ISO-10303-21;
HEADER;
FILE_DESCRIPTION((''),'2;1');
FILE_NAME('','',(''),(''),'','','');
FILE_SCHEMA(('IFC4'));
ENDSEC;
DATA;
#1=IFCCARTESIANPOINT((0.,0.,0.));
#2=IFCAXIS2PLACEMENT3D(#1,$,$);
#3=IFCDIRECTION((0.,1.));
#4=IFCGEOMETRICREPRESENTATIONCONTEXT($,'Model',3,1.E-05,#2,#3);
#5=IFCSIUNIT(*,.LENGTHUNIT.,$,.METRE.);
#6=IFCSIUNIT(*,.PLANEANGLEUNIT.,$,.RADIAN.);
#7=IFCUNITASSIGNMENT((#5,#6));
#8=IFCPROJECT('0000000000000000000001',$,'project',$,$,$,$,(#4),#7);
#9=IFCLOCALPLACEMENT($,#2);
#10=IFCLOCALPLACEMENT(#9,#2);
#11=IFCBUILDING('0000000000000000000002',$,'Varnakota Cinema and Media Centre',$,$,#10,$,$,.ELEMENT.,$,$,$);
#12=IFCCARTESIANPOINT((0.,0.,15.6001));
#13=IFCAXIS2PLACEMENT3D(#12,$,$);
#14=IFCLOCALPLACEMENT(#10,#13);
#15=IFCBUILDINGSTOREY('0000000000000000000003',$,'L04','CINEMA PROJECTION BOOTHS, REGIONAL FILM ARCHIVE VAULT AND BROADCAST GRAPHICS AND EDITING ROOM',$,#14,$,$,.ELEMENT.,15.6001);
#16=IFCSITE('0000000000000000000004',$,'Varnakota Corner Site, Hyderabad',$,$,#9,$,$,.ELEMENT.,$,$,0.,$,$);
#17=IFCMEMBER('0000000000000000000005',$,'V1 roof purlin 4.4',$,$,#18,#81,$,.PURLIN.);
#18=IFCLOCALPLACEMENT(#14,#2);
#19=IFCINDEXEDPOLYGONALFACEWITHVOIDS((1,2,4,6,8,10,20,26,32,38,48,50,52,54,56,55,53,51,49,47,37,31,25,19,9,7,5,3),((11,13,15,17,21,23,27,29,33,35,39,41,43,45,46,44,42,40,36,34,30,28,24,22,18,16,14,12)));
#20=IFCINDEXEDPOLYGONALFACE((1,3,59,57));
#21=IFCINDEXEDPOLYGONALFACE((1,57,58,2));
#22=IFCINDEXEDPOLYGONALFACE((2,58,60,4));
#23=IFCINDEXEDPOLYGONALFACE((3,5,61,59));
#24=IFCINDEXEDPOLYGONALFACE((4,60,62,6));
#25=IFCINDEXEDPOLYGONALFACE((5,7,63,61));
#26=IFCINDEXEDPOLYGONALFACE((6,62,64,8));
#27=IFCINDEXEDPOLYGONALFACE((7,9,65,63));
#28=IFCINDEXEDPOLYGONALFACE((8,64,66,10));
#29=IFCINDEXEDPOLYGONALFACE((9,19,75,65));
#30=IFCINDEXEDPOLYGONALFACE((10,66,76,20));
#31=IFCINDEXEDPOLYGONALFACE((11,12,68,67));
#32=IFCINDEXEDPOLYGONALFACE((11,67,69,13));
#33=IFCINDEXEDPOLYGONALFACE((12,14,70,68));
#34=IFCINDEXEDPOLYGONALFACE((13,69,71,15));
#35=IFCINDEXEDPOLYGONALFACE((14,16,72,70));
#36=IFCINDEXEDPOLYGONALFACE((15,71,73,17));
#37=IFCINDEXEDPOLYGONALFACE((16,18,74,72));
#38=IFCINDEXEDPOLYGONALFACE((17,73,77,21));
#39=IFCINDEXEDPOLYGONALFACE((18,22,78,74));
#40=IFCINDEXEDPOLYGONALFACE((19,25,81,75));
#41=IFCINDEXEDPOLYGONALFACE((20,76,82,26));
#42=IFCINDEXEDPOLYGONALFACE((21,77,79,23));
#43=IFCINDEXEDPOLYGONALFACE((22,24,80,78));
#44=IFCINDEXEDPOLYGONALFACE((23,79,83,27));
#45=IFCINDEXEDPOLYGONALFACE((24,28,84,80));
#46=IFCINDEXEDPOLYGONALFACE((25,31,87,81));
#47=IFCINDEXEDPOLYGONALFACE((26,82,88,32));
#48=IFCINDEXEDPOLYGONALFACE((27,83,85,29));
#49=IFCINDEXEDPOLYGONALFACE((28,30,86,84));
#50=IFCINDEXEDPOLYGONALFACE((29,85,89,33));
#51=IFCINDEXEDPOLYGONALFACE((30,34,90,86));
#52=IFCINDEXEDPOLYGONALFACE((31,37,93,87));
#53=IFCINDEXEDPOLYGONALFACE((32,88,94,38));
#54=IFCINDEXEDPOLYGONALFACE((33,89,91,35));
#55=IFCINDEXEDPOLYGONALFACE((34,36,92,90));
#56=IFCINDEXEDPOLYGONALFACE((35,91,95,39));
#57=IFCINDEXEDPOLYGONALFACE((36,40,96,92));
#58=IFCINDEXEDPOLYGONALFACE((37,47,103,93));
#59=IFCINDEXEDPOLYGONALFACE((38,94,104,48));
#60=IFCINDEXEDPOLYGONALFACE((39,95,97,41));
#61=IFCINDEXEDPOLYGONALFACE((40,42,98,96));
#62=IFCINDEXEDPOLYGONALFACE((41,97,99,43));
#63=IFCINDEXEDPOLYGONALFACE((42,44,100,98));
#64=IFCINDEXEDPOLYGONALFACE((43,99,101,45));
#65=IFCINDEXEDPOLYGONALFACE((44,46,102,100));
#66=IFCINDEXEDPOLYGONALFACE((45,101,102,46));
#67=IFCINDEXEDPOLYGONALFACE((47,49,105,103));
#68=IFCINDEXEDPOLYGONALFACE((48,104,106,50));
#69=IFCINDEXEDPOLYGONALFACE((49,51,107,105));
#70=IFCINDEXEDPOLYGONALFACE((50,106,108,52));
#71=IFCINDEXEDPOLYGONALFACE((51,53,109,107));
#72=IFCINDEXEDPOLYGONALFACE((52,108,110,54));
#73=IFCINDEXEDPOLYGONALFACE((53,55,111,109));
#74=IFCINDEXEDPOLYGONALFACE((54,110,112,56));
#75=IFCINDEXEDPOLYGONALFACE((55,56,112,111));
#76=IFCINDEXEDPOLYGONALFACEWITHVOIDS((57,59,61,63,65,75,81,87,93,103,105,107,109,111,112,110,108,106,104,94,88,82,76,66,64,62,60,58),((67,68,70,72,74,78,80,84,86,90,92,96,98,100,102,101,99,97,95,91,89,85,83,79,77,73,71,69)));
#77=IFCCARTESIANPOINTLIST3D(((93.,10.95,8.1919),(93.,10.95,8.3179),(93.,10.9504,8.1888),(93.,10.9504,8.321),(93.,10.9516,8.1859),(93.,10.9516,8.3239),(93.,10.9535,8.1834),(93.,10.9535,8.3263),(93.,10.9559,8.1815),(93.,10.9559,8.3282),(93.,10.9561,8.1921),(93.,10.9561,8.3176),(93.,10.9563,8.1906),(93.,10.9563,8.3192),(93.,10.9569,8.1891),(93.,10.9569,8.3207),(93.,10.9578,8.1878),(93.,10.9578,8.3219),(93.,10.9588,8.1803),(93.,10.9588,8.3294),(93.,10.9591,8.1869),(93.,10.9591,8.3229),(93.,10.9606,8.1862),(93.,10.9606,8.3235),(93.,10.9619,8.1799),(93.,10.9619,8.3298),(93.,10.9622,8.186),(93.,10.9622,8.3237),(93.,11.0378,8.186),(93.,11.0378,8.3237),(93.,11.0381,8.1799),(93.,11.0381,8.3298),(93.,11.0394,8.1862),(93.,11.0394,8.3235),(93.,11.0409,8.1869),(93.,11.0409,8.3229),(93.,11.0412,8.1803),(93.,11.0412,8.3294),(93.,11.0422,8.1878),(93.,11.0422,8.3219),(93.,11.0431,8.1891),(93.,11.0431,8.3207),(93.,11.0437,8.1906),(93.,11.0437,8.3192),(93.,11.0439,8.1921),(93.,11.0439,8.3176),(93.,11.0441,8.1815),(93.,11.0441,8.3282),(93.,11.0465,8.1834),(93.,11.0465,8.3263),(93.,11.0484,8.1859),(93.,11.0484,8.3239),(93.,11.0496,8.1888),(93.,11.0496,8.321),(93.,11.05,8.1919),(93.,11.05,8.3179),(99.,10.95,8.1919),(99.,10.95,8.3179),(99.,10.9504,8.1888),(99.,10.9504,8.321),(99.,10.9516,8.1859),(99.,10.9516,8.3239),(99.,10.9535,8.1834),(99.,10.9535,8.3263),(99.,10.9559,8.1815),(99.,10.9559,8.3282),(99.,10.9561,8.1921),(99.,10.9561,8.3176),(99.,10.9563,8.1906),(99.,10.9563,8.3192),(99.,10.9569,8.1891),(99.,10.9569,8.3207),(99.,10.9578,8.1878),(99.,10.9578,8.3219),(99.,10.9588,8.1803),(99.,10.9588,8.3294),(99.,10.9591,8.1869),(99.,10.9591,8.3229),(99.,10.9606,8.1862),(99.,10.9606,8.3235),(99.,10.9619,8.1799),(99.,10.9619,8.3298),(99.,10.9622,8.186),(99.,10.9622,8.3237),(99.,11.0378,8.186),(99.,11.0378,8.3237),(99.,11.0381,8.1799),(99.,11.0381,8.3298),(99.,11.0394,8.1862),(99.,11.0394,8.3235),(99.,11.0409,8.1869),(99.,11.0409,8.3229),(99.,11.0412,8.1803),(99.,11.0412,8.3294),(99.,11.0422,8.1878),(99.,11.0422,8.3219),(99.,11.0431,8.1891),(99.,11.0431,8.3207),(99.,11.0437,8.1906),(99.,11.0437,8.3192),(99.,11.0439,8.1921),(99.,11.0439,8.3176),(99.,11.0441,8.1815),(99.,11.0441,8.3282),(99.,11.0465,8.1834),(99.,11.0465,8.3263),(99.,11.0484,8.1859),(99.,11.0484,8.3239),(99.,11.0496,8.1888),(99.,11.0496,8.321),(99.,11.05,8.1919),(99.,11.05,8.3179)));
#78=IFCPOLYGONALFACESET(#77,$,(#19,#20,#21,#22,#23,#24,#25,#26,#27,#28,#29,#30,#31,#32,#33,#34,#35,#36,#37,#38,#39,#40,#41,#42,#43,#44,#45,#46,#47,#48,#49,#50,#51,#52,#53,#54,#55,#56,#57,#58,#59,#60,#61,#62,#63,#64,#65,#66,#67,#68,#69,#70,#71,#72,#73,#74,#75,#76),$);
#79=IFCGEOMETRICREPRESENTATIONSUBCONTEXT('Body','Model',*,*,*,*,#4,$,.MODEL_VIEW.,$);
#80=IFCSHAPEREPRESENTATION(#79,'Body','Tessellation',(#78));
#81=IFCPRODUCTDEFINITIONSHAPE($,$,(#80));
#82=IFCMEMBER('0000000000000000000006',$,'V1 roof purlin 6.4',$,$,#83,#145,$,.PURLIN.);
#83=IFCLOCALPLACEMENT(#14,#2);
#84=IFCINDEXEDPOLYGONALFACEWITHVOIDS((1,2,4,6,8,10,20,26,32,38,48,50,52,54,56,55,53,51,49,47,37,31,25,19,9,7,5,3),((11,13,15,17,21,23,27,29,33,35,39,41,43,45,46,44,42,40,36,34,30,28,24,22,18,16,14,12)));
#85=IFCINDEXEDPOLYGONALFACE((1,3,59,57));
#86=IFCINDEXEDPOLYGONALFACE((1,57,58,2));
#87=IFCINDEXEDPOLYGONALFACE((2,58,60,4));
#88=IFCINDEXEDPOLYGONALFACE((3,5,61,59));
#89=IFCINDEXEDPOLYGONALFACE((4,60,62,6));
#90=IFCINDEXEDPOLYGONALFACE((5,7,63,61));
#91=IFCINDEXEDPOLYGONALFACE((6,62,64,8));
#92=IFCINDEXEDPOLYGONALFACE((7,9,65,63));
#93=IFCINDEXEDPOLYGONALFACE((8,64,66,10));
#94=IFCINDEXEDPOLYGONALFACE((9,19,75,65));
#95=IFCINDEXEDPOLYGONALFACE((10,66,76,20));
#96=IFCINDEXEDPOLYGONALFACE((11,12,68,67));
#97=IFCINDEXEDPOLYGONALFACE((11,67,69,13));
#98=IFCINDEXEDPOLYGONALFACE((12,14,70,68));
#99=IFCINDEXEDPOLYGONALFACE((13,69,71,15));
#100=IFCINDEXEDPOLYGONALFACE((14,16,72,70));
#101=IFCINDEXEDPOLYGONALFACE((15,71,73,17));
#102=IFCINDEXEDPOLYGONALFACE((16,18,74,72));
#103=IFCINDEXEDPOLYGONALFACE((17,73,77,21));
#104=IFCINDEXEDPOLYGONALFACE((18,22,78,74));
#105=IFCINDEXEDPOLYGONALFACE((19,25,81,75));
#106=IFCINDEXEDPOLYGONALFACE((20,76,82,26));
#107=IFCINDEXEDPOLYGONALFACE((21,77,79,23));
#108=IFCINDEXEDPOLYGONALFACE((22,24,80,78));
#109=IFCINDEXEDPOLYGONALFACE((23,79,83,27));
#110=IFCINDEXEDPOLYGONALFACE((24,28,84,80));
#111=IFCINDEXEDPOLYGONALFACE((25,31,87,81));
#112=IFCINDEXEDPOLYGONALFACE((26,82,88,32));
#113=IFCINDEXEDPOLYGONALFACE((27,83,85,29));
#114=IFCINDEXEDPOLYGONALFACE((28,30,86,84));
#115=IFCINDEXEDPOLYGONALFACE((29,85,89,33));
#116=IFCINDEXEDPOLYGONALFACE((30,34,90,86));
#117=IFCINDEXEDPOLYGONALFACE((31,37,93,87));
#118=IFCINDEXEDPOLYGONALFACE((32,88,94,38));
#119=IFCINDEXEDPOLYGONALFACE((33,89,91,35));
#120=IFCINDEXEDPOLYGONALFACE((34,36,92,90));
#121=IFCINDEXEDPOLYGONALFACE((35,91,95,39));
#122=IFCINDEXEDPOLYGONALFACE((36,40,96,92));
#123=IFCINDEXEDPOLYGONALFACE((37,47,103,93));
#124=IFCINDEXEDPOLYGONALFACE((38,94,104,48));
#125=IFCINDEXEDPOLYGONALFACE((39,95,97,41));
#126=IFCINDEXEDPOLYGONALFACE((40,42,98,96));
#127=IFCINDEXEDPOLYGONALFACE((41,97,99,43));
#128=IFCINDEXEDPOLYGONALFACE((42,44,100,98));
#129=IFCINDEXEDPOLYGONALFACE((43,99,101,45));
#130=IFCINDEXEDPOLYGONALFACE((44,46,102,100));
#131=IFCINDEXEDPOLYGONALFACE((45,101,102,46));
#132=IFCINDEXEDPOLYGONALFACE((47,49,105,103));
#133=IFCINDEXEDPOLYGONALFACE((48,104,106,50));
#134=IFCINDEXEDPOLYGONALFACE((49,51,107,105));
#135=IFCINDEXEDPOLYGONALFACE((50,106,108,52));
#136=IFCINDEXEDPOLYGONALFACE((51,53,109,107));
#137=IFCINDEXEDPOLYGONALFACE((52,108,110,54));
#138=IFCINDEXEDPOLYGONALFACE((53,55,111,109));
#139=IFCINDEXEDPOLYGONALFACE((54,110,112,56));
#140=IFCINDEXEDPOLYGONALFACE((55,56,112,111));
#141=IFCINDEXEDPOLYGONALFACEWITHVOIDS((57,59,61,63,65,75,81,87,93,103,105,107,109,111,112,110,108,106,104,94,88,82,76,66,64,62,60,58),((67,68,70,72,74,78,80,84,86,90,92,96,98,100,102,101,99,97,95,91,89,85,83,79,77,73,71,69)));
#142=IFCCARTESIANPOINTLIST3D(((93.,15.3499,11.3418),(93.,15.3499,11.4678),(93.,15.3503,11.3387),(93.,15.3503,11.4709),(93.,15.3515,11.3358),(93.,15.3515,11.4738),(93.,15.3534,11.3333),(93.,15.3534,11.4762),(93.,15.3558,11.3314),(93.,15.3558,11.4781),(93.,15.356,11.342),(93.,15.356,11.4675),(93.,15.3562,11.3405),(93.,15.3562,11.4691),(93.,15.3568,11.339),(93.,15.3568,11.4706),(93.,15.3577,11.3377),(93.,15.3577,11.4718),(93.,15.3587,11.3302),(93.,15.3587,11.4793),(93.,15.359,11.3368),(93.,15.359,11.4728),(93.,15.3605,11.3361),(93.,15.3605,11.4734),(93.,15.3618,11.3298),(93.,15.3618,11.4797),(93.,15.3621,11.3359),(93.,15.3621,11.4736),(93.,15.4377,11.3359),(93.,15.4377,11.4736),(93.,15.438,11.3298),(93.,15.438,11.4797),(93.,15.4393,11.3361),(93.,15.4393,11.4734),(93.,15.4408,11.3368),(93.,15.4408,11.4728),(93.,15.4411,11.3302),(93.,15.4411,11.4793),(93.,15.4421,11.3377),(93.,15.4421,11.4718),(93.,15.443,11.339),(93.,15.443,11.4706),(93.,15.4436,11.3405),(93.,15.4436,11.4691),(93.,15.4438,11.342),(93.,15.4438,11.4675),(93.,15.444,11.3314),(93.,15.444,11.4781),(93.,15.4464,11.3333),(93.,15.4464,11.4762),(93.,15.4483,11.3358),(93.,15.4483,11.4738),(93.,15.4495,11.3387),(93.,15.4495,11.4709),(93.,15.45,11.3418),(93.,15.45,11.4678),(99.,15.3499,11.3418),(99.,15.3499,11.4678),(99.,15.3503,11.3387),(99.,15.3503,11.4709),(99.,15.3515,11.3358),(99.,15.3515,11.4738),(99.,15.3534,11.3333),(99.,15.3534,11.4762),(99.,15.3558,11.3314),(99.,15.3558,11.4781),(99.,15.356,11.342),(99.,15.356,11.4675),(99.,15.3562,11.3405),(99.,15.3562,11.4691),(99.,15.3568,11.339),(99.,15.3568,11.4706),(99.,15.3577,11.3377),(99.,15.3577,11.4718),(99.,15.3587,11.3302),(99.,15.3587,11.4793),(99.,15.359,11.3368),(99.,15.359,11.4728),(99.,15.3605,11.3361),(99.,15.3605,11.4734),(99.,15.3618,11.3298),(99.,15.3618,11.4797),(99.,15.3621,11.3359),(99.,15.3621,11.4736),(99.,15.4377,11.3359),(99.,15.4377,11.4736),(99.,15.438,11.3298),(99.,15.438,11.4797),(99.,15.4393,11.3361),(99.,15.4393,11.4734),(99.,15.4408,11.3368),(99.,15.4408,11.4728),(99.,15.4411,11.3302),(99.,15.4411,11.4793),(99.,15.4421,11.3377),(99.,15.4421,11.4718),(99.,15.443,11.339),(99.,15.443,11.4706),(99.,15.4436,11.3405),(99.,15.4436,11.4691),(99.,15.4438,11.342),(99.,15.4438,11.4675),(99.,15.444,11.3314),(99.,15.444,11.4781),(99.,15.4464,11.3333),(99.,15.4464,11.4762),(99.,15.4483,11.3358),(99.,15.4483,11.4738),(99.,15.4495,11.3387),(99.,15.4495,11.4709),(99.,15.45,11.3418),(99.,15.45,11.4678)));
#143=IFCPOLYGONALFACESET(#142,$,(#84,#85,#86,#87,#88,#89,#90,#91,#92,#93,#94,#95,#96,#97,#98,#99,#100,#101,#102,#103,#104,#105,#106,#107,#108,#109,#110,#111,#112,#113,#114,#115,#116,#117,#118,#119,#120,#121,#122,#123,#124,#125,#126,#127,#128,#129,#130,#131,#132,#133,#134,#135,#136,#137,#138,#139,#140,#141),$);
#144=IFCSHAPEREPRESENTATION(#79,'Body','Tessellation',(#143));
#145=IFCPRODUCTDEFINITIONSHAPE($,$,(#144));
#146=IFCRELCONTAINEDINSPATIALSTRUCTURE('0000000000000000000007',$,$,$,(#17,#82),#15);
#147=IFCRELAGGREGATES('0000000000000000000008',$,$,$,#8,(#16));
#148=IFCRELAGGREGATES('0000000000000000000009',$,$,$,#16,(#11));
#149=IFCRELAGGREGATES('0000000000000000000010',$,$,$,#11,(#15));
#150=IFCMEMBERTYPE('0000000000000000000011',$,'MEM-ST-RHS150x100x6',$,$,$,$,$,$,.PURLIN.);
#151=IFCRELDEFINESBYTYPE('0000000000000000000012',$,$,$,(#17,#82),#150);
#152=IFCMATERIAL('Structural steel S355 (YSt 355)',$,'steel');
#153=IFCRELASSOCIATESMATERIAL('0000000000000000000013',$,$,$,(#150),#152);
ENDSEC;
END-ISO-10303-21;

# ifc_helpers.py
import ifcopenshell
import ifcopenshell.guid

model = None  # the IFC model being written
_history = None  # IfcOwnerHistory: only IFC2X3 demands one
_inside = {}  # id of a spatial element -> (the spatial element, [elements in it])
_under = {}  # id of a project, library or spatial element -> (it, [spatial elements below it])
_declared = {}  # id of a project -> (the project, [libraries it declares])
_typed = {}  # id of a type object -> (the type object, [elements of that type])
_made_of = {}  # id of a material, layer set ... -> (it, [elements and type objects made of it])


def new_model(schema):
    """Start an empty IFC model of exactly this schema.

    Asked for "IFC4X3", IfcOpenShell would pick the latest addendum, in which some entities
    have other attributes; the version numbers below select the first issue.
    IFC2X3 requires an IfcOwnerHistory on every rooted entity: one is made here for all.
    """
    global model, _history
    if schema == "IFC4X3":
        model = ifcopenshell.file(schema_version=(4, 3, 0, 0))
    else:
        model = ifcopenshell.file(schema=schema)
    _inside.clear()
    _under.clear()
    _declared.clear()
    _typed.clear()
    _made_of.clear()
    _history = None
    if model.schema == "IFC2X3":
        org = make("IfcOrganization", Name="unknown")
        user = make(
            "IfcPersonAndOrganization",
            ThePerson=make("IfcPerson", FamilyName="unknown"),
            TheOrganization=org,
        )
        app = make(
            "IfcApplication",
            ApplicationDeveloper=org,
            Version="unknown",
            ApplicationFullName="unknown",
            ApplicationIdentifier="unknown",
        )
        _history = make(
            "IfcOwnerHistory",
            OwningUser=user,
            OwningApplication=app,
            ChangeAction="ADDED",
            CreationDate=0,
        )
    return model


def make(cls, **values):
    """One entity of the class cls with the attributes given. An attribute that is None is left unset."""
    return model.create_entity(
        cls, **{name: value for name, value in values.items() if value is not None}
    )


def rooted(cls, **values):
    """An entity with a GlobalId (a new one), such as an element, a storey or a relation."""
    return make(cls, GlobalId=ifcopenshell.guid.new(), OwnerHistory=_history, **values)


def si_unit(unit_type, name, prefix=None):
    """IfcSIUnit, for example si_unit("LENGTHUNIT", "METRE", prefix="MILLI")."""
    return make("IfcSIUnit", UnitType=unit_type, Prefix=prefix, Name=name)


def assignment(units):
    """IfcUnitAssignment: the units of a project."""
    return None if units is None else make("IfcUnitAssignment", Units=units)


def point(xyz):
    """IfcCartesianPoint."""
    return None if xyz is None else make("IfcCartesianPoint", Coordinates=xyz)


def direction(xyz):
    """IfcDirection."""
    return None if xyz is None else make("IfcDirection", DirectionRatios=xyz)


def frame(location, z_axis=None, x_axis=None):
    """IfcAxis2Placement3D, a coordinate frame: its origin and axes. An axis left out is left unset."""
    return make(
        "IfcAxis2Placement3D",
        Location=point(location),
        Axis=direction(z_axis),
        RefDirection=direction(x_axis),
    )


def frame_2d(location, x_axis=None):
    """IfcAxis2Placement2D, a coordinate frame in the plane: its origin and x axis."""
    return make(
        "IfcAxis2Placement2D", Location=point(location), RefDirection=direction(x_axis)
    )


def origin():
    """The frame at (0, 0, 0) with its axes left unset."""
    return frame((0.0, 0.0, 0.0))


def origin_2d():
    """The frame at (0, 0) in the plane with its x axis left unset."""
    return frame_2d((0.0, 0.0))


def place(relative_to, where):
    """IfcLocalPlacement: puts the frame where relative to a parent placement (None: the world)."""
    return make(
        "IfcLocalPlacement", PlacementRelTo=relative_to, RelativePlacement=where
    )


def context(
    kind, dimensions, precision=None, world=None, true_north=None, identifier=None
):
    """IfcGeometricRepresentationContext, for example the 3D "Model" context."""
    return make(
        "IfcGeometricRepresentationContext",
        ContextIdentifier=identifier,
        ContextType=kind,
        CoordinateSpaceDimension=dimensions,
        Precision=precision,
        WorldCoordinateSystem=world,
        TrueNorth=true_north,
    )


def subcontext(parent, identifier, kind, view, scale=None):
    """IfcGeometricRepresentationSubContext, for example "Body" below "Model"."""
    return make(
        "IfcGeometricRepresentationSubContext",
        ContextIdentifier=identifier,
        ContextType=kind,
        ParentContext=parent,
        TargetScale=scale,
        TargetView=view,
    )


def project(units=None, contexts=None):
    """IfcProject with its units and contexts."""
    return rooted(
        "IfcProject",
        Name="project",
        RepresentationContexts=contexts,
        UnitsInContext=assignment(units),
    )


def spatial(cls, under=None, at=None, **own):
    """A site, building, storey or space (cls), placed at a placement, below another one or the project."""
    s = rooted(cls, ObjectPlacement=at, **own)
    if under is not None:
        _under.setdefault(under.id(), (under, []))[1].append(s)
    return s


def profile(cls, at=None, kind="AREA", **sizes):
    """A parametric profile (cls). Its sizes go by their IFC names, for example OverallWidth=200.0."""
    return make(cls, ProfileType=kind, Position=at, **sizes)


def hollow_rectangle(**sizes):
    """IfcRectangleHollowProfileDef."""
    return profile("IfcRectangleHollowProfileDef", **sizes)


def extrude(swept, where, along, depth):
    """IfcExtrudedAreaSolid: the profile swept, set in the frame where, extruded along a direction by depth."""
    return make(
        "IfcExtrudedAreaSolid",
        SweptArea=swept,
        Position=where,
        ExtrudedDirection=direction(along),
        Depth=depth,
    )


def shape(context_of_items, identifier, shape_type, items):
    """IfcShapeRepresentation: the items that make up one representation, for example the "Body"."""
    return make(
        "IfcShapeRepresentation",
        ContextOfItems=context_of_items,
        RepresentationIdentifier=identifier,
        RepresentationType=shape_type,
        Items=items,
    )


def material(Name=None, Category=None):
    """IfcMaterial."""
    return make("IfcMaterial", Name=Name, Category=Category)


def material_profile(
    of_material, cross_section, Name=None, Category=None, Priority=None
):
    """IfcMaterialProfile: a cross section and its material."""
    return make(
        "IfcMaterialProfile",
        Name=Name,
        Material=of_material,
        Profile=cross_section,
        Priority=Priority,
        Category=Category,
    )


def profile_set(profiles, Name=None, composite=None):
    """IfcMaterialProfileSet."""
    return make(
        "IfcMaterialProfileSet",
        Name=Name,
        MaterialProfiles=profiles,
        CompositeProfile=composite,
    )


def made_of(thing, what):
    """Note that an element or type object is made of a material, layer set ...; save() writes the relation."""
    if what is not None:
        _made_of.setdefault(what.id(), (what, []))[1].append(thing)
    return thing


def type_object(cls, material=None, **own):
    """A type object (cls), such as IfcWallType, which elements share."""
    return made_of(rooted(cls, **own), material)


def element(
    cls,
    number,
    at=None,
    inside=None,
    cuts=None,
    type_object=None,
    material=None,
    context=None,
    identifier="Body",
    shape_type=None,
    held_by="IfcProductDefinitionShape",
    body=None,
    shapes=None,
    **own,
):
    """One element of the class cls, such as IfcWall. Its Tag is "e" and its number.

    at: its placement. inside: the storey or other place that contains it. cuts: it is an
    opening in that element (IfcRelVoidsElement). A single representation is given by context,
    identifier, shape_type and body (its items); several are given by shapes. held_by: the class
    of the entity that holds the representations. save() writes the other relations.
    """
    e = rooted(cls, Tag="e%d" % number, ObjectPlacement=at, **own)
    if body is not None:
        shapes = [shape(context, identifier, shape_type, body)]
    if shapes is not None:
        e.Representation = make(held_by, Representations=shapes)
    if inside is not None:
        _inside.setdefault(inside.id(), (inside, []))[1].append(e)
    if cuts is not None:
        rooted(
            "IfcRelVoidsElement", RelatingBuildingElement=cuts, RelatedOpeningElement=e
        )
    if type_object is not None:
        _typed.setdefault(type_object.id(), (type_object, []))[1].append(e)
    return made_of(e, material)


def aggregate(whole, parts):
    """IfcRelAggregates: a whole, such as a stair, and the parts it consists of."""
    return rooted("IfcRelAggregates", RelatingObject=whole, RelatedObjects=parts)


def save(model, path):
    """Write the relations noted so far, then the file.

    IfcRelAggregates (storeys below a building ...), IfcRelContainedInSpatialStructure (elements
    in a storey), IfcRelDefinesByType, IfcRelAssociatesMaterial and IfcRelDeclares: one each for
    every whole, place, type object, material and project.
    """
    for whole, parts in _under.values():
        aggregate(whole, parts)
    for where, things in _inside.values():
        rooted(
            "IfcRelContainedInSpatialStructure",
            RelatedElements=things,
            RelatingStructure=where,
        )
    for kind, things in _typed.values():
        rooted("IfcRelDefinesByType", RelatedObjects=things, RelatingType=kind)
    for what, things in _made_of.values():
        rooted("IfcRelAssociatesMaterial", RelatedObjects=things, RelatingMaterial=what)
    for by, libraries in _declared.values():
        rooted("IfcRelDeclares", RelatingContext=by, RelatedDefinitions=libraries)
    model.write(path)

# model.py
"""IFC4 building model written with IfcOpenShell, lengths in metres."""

from ifc_helpers import new_model, si_unit, direction, frame, origin, origin_2d, place, context, subcontext, project, spatial, hollow_rectangle, extrude, material, material_profile, profile_set, type_object, element, save


model = new_model("IFC4")

# Units and contexts
model_context = context("Model", 3, precision=1e-05, world=origin(), true_north=direction((0.0, 1.0)))
body_context = subcontext(model_context, "Body", "Model", "MODEL_VIEW")
ifc_project = project(units=[si_unit("LENGTHUNIT", "METRE"), si_unit("PLANEANGLEUNIT", "RADIAN")], contexts=[model_context])

# Site, building, storey
site_placement = place(None, origin())
site = spatial("IfcSite", under=ifc_project, at=site_placement, Name="Varnakota Corner Site, Hyderabad", CompositionType="ELEMENT", RefElevation=0.0)
building_placement = place(site_placement, origin())
building = spatial("IfcBuilding", under=site, at=building_placement, Name="Varnakota Cinema and Media Centre", CompositionType="ELEMENT")
storey_placement = place(building_placement, frame((0.0, 0.0, 15.6001)))
storey = spatial("IfcBuildingStorey", under=building, at=storey_placement, Name="L04", Description="CINEMA PROJECTION BOOTHS, REGIONAL FILM ARCHIVE VAULT AND BROADCAST GRAPHICS AND EDITING ROOM", CompositionType="ELEMENT", Elevation=15.6001)

# Members
ifc_material_1 = material(Name="Structural steel S355 (YSt 355)", Category="steel")
ifc_material_profile_1 = material_profile(ifc_material_1, hollow_rectangle(XDim=0.1001, YDim=0.1499, WallThickness=0.0061, InnerFilletRadius=0.0061, OuterFilletRadius=0.012, at=origin_2d()), Name="RHS 150x100x6")
ifc_profile_set_1 = profile_set([ifc_material_profile_1], Name="Structural steel S355 (YSt 355)")
member_type_1 = type_object("IfcMemberType", Name="MEM-ST-RHS150x100x6", PredefinedType="PURLIN", material=ifc_profile_set_1)
for number, where, z_axis, x_axis, name in (
    (1, (93.0, 11.0, 8.2549), (1.0, 0.0, 0.0), (0.0, 1.0, 0.0), "V1 roof purlin 4.4"),
    (2, (93.0, 15.3999, 11.4048), (1.0, 0.0, 0.0), (0.0, 1.0, 0.0), "V1 roof purlin 6.4"),
):
    element("IfcMember", number, at=place(storey_placement, frame(where, z_axis=z_axis, x_axis=x_axis)), inside=storey, type_object=member_type_1, Name=name, PredefinedType="PURLIN", context=body_context, shape_type="SweptSolid", body=[
        extrude(hollow_rectangle(XDim=0.1001, YDim=0.1499, WallThickness=0.0061, InnerFilletRadius=0.0061, OuterFilletRadius=0.012, at=origin_2d()), origin(), (0.0, 0.0, 1.0), 6.0),
    ])

save(model, "model.ifc")
